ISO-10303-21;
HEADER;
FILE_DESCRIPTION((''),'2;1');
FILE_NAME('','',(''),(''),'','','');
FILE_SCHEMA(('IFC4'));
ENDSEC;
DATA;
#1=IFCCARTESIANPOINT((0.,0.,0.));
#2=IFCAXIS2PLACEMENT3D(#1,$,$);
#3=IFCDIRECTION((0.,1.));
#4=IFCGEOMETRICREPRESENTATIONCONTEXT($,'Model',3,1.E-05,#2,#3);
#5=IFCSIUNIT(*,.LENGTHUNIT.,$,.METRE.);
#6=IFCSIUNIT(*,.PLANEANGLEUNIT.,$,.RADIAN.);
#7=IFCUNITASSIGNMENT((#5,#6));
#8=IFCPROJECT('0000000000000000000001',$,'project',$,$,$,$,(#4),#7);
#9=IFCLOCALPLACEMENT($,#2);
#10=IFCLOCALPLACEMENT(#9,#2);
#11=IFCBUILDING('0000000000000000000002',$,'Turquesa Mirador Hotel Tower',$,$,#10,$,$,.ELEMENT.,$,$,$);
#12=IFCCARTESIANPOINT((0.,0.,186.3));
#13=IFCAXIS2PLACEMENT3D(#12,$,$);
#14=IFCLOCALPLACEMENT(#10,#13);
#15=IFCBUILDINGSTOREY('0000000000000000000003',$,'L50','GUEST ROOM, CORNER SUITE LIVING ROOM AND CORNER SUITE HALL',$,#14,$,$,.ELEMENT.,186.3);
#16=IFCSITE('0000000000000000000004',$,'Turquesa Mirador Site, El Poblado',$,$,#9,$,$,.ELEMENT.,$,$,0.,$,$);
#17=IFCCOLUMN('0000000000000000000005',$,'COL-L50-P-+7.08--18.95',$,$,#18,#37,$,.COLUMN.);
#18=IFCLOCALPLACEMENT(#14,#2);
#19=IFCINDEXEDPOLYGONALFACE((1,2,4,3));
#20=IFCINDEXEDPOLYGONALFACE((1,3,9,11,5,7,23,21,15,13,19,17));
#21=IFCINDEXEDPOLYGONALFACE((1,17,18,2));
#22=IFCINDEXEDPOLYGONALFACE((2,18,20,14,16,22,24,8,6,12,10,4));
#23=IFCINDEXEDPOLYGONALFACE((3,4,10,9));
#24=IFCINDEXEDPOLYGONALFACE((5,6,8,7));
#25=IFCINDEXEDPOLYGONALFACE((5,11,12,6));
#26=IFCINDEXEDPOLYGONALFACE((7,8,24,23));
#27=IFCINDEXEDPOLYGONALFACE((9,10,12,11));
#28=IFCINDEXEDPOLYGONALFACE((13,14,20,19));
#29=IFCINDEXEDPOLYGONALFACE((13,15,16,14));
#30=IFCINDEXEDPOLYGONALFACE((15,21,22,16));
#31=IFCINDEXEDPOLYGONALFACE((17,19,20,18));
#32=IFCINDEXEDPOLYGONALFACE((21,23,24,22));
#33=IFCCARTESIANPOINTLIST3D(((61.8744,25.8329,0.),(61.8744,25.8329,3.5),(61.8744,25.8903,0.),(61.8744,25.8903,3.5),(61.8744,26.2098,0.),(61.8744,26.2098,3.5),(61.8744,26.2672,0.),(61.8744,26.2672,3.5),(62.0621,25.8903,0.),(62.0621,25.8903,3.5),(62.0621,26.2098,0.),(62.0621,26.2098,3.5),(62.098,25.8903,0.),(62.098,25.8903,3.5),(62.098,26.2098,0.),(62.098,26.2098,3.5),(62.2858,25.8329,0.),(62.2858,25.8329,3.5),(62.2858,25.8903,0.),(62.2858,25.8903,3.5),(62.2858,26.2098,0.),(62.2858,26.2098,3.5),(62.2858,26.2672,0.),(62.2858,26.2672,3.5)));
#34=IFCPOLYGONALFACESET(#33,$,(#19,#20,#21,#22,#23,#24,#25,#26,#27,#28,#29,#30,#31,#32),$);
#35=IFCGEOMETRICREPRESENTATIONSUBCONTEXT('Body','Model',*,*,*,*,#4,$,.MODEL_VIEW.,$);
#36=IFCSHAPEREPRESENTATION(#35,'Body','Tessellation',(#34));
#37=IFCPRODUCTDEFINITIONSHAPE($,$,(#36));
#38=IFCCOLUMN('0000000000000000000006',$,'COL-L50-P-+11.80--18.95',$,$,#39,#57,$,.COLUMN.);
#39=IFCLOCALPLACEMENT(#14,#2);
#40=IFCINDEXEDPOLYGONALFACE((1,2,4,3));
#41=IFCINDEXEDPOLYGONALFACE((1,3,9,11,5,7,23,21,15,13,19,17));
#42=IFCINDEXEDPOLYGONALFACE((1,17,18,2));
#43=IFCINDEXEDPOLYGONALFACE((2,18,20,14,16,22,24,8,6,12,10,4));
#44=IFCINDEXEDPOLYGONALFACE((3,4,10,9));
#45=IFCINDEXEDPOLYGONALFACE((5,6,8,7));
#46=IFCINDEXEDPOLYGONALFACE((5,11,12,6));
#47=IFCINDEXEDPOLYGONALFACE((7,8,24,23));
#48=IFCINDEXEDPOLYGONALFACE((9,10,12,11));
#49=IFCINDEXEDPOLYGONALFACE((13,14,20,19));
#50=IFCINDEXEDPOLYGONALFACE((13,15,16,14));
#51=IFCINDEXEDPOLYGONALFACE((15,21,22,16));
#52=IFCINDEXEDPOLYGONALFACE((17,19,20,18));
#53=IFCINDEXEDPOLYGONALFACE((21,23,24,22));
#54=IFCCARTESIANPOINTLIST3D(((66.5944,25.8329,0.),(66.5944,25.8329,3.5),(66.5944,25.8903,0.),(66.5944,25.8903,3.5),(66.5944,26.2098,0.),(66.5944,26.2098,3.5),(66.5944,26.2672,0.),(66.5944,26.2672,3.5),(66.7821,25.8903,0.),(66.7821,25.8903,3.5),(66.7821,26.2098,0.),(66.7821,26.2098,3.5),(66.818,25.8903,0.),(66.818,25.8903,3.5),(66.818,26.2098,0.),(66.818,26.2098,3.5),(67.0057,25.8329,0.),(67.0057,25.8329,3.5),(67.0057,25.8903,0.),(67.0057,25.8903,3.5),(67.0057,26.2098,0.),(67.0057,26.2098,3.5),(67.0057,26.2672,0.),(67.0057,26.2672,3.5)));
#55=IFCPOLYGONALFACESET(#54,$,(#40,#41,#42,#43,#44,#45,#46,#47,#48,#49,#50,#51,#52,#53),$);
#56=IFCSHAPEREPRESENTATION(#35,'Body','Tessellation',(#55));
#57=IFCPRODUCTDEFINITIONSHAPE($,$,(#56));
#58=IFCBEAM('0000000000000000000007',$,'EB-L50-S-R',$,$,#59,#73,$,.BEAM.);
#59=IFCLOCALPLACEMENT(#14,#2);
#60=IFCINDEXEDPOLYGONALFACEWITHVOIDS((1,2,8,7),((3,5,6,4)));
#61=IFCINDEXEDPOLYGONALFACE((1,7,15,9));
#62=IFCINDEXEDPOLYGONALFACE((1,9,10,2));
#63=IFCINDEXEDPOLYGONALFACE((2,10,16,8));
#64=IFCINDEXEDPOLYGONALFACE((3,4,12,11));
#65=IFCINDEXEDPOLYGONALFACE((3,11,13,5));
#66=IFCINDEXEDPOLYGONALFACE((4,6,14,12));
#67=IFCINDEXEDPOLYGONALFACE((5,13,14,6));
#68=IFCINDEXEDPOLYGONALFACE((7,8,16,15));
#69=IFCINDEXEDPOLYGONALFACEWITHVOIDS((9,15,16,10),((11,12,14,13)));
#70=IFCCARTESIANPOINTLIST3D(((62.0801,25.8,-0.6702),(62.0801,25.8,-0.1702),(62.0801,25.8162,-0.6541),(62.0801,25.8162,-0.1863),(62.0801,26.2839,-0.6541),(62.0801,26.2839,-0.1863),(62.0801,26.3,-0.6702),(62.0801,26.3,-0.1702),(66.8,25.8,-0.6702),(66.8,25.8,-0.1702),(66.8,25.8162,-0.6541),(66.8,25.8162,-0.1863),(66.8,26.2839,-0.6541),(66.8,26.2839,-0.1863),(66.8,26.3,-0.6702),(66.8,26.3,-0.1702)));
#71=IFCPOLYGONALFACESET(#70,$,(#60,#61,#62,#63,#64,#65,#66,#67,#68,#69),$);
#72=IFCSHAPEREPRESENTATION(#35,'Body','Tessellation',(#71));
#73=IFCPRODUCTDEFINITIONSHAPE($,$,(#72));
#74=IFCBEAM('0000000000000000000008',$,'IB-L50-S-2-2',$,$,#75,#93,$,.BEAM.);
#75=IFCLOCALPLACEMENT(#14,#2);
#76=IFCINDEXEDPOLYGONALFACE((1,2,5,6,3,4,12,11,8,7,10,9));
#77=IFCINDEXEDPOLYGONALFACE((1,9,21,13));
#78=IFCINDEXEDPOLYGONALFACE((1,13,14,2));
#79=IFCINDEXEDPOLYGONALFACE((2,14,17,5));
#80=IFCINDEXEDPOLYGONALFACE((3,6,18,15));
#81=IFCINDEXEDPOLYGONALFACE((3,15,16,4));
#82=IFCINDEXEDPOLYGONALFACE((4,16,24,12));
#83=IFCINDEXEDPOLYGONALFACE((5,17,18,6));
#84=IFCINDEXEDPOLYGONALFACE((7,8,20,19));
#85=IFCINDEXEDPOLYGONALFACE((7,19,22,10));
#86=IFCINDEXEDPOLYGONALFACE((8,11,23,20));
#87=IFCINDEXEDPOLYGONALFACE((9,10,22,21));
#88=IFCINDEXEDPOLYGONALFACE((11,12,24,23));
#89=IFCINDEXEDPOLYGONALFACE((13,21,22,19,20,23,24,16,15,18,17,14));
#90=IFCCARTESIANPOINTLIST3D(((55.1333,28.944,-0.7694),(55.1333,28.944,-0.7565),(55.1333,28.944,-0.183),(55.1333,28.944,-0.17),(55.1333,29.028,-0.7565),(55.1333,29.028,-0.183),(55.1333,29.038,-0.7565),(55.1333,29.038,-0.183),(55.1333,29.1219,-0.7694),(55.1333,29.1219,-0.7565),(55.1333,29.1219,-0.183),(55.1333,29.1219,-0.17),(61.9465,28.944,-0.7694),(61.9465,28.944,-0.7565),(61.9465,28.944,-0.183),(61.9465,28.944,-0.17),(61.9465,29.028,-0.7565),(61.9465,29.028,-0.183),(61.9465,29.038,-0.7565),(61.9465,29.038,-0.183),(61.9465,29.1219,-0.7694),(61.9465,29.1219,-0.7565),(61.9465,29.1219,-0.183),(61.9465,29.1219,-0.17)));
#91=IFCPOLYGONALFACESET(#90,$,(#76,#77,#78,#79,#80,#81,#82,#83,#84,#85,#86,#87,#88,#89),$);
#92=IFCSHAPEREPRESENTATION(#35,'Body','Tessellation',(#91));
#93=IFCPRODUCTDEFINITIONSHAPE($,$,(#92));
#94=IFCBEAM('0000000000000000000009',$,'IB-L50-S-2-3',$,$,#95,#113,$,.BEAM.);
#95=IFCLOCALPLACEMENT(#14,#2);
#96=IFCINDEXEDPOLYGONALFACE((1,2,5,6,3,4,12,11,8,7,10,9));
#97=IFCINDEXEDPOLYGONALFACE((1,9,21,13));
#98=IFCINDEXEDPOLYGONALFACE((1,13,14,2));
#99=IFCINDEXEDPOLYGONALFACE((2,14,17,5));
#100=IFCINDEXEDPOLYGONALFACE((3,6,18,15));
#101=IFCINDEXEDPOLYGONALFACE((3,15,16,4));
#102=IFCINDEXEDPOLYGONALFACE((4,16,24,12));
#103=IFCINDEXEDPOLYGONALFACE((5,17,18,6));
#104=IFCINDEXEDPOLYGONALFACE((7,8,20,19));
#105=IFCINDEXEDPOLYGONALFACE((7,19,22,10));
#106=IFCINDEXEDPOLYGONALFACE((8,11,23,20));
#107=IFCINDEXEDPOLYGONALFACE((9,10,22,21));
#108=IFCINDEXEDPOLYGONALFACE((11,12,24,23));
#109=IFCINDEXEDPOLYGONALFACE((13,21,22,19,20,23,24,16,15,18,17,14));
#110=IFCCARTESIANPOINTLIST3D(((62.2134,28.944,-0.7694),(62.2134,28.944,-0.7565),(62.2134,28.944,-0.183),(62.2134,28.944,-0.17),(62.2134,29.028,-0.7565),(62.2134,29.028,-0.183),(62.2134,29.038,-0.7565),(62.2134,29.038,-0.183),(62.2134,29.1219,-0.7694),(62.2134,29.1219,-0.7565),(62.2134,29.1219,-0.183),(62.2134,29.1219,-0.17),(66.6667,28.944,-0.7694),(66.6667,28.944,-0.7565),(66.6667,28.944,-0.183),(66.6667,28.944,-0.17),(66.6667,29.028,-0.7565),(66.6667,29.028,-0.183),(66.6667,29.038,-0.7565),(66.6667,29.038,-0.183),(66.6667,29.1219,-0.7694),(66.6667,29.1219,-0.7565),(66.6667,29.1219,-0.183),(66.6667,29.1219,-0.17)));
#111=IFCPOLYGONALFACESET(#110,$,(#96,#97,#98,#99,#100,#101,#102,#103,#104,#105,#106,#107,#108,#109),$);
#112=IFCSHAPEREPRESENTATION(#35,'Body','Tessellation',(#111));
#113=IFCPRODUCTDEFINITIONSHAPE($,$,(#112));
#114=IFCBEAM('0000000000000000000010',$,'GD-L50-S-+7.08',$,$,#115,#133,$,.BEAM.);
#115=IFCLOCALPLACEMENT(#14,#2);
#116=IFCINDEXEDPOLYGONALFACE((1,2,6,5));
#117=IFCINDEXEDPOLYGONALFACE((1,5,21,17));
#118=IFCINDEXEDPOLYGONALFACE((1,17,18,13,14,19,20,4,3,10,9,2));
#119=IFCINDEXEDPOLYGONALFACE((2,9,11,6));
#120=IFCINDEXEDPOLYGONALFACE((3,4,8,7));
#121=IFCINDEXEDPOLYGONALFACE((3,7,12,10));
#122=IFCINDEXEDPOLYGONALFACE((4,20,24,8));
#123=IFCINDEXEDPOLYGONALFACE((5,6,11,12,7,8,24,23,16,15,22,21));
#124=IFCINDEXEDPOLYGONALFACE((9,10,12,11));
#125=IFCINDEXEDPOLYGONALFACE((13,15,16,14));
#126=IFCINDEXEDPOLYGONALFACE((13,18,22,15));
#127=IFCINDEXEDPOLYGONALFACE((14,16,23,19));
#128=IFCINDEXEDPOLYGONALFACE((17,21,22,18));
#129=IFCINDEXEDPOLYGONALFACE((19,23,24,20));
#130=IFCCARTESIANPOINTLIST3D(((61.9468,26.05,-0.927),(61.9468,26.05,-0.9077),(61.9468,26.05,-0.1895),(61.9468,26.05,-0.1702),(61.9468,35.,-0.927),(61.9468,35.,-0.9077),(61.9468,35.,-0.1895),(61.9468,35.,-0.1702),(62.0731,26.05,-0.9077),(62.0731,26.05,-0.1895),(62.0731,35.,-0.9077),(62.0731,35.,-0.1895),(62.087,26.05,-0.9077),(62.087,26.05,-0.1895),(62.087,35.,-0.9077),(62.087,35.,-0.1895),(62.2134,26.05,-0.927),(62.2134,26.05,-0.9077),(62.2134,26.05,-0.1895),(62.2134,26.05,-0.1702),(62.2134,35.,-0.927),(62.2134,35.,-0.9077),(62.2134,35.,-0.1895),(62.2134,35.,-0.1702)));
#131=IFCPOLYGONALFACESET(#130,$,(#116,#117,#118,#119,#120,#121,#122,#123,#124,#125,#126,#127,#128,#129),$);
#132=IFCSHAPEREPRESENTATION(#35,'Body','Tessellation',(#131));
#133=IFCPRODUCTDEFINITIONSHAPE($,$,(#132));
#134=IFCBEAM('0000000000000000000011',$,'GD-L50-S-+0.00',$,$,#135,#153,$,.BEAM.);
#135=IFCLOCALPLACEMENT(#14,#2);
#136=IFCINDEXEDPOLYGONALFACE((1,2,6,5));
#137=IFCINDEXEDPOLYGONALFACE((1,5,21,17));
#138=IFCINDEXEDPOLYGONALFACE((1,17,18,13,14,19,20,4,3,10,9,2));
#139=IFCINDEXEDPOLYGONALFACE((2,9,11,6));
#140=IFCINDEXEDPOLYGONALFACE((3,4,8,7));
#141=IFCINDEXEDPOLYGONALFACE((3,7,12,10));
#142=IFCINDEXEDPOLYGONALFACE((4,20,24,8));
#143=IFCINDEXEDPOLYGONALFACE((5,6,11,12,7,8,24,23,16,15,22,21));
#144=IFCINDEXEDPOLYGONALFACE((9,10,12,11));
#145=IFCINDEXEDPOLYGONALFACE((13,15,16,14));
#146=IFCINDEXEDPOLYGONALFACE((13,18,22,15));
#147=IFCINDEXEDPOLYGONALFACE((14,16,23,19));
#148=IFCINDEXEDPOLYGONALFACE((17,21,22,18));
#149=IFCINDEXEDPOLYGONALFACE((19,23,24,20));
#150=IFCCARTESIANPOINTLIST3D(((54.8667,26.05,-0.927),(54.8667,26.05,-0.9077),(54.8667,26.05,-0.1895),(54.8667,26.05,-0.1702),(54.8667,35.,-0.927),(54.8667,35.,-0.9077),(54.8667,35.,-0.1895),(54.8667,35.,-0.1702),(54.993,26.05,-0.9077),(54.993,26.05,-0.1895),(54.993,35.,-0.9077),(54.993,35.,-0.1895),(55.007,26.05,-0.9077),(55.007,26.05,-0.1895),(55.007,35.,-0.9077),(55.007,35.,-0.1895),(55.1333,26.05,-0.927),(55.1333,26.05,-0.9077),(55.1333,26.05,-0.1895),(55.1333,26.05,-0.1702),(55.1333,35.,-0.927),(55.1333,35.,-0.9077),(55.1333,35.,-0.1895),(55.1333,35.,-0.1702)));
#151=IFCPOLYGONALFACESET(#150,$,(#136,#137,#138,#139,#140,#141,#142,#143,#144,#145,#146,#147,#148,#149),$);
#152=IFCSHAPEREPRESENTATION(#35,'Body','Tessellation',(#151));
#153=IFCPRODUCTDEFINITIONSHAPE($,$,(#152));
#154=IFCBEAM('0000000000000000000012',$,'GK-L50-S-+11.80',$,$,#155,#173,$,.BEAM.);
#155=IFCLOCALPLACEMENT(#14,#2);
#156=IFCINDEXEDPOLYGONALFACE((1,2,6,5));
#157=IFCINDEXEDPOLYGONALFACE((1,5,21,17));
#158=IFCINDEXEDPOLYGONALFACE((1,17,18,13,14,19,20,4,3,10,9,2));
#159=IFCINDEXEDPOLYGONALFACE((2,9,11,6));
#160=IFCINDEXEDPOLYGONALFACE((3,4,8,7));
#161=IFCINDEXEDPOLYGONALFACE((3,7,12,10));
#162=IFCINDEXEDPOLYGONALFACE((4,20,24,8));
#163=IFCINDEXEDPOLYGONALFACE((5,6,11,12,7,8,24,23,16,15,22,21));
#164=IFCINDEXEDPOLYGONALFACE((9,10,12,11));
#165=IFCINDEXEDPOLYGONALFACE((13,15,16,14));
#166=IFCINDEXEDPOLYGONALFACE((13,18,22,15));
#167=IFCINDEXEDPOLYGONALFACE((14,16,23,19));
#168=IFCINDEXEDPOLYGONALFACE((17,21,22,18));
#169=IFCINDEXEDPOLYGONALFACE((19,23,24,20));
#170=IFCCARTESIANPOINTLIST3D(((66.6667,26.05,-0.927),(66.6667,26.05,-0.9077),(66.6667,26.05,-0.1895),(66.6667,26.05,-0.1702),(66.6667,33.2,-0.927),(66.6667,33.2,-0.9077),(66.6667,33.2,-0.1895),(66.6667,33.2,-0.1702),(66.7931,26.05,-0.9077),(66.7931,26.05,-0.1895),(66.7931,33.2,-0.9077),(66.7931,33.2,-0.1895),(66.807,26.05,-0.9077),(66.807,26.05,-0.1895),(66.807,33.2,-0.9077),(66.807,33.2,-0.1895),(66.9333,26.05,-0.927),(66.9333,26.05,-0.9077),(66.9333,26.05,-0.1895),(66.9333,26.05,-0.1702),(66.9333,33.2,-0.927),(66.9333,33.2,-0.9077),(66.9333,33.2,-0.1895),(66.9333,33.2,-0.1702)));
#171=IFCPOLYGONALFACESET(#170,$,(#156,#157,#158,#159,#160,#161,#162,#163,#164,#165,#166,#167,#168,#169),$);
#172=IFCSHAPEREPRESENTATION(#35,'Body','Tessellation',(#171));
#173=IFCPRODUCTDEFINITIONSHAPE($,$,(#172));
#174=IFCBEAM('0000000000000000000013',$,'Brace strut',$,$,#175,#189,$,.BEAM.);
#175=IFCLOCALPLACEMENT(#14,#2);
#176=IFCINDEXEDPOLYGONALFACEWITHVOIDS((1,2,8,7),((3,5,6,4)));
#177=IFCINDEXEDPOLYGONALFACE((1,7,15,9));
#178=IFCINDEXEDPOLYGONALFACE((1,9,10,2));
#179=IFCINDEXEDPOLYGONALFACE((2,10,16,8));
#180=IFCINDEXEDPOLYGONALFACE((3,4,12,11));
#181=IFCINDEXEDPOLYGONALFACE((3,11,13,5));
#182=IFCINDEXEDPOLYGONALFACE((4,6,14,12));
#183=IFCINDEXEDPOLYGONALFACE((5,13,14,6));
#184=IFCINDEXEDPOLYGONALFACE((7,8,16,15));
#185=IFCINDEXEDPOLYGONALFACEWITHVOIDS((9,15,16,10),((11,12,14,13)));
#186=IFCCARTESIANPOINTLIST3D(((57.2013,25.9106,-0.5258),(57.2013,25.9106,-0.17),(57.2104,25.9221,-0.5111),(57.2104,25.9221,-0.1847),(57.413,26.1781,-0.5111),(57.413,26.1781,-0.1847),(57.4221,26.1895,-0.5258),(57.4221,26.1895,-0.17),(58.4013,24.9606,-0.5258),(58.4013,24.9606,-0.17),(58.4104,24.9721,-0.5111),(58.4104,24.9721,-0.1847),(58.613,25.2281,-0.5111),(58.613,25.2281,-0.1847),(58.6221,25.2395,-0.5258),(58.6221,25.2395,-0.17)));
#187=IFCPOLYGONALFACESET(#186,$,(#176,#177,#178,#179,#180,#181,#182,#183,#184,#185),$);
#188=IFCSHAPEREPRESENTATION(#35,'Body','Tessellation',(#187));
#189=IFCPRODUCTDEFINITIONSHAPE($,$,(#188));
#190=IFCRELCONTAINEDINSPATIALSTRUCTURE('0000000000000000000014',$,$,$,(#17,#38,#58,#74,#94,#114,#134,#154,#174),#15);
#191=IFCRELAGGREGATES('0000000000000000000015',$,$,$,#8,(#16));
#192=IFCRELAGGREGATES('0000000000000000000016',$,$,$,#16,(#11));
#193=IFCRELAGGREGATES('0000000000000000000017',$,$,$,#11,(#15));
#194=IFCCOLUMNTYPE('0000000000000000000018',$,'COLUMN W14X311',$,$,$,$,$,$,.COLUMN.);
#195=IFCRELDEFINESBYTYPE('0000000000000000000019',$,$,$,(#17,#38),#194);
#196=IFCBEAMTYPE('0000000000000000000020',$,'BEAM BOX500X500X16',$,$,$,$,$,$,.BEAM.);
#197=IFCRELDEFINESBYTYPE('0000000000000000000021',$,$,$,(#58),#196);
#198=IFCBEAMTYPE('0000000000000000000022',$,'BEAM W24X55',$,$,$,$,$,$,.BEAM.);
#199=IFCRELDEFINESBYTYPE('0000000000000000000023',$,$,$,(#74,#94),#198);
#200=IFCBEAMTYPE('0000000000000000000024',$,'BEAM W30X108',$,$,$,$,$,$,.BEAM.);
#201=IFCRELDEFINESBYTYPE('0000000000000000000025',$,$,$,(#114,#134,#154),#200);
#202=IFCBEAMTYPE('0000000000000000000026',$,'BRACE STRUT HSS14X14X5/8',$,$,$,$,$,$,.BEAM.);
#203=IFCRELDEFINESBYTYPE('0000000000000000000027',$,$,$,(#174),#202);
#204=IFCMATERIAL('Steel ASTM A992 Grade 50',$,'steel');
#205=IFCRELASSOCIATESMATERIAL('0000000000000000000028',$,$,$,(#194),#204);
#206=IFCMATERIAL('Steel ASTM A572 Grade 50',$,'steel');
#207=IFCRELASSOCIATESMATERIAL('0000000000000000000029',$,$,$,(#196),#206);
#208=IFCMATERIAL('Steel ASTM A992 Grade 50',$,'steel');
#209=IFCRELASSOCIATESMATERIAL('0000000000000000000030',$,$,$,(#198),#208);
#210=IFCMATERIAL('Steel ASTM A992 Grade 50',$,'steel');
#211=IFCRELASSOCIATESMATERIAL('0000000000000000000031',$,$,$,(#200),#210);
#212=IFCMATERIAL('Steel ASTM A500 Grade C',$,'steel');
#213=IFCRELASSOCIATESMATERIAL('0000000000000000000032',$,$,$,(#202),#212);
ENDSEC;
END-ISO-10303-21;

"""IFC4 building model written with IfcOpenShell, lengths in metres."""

from ifc_helpers import new_model, si_unit, direction, frame, origin, origin_2d, place, context, subcontext, project, spatial, hollow_rectangle, i_section, extrude, material, material_profile, profile_set, type_object, element, save


model = new_model("IFC4")

# Units and contexts
model_context = context("Model", 3, precision=1e-05, world=origin(), true_north=direction((0.0, 1.0)))
body_context = subcontext(model_context, "Body", "Model", "MODEL_VIEW")
ifc_project = project(units=[si_unit("LENGTHUNIT", "METRE"), si_unit("PLANEANGLEUNIT", "RADIAN")], contexts=[model_context])

# Site, building, storey
site_placement = place(None, origin())
site = spatial("IfcSite", under=ifc_project, at=site_placement, Name="Turquesa Mirador Site, El Poblado", CompositionType="ELEMENT", RefElevation=0.0)
building_placement = place(site_placement, origin())
building = spatial("IfcBuilding", under=site, at=building_placement, Name="Turquesa Mirador Hotel Tower", CompositionType="ELEMENT")
storey_placement = place(building_placement, frame((0.0, 0.0, 186.3)))
storey = spatial("IfcBuildingStorey", under=building, at=storey_placement, Name="L50", Description="GUEST ROOM, CORNER SUITE LIVING ROOM AND CORNER SUITE HALL", CompositionType="ELEMENT", Elevation=186.3)

# Columns
ifc_material_1 = material(Name="Steel ASTM A992 Grade 50", Category="steel")
ifc_material_profile_1 = material_profile(ifc_material_1, i_section(OverallWidth=0.4114, OverallDepth=0.4343, WebThickness=0.0359, FlangeThickness=0.0574, at=origin_2d()), Name="W14X311")
ifc_profile_set_1 = profile_set([ifc_material_profile_1], Name="Steel ASTM A992 Grade 50")
column_type = type_object("IfcColumnType", Name="COLUMN W14X311", PredefinedType="COLUMN", material=ifc_profile_set_1)
for number, where, z_axis, x_axis, name in (
    (1, (62.0801, 26.05, 0.0), (0.0, 0.0, 1.0), (1.0, 0.0, 0.0), "COL-L50-P-+7.08--18.95"),
    (2, (66.8, 26.05, 0.0), (0.0, 0.0, 1.0), (1.0, 0.0, 0.0), "COL-L50-P-+11.80--18.95"),
):
    element("IfcColumn", number, at=place(storey_placement, frame(where, z_axis=z_axis, x_axis=x_axis)), inside=storey, type_object=column_type, Name=name, PredefinedType="COLUMN", context=body_context, shape_type="SweptSolid", body=[
        extrude(i_section(OverallWidth=0.4114, OverallDepth=0.4343, WebThickness=0.0359, FlangeThickness=0.0574, at=origin_2d()), origin(), (0.0, 0.0, 1.0), 3.5),
    ])

# Beams
ifc_material_2 = material(Name="Steel ASTM A572 Grade 50", Category="steel")
ifc_material_profile_2 = material_profile(ifc_material_2, hollow_rectangle(XDim=0.5, YDim=0.5, WallThickness=0.0161, at=origin_2d()), Name="BOX500X500X16")
ifc_profile_set_2 = profile_set([ifc_material_profile_2], Name="Steel ASTM A572 Grade 50")
beam_type_1 = type_object("IfcBeamType", Name="BEAM BOX500X500X16", PredefinedType="BEAM", material=ifc_profile_set_2)
beam_1_placement = place(storey_placement, frame((62.0801, 26.05, -0.4202), z_axis=(1.0, 0.0, 0.0), x_axis=(0.0, 1.0, 0.0)))
element("IfcBeam", 3, at=beam_1_placement, inside=storey, type_object=beam_type_1, Name="EB-L50-S-R", PredefinedType="BEAM", context=body_context, shape_type="SweptSolid", body=[
    extrude(hollow_rectangle(XDim=0.5, YDim=0.5, WallThickness=0.0161, at=origin_2d()), origin(), (0.0, 0.0, 1.0), 4.72),
])
ifc_material_3 = material(Name="Steel ASTM A992 Grade 50", Category="steel")
ifc_material_profile_3 = material_profile(ifc_material_3, i_section(OverallWidth=0.178, OverallDepth=0.5994, WebThickness=0.01, FlangeThickness=0.0129, at=origin_2d()), Name="W24X55")
ifc_profile_set_3 = profile_set([ifc_material_profile_3], Name="Steel ASTM A992 Grade 50")
beam_type_2 = type_object("IfcBeamType", Name="BEAM W24X55", PredefinedType="BEAM", material=ifc_profile_set_3)
beam_2_placement = place(storey_placement, frame((55.1333, 29.033, -0.4697), z_axis=(1.0, 0.0, 0.0), x_axis=(0.0, 1.0, 0.0)))
element("IfcBeam", 4, at=beam_2_placement, inside=storey, type_object=beam_type_2, Name="IB-L50-S-2-2", PredefinedType="BEAM", context=body_context, shape_type="SweptSolid", body=[
    extrude(i_section(OverallWidth=0.178, OverallDepth=0.5994, WebThickness=0.01, FlangeThickness=0.0129, at=origin_2d()), origin(), (0.0, 0.0, 1.0), 6.8132),
])
beam_3_placement = place(storey_placement, frame((62.2134, 29.033, -0.4697), z_axis=(1.0, 0.0, 0.0), x_axis=(0.0, 1.0, 0.0)))
element("IfcBeam", 5, at=beam_3_placement, inside=storey, type_object=beam_type_2, Name="IB-L50-S-2-3", PredefinedType="BEAM", context=body_context, shape_type="SweptSolid", body=[
    extrude(i_section(OverallWidth=0.178, OverallDepth=0.5994, WebThickness=0.01, FlangeThickness=0.0129, at=origin_2d()), origin(), (0.0, 0.0, 1.0), 4.4534),
])
ifc_material_4 = material(Name="Steel ASTM A992 Grade 50", Category="steel")
ifc_material_profile_4 = material_profile(ifc_material_4, i_section(OverallWidth=0.2666, OverallDepth=0.7568, WebThickness=0.0139, FlangeThickness=0.0193, at=origin_2d()), Name="W30X108")
ifc_profile_set_4 = profile_set([ifc_material_profile_4], Name="Steel ASTM A992 Grade 50")
beam_type_3 = type_object("IfcBeamType", Name="BEAM W30X108", PredefinedType="BEAM", material=ifc_profile_set_4)
for number, where, z_axis, x_axis, name in (
    (6, (62.0801, 26.05, -0.5486), (0.0, 1.0, 0.0), (-1.0, 0.0, 0.0), "GD-L50-S-+7.08"),
    (7, (55.0, 26.05, -0.5486), (0.0, 1.0, 0.0), (-1.0, 0.0, 0.0), "GD-L50-S-+0.00"),
):
    element("IfcBeam", number, at=place(storey_placement, frame(where, z_axis=z_axis, x_axis=x_axis)), inside=storey, type_object=beam_type_3, Name=name, PredefinedType="BEAM", context=body_context, shape_type="SweptSolid", body=[
        extrude(i_section(OverallWidth=0.2666, OverallDepth=0.7568, WebThickness=0.0139, FlangeThickness=0.0193, at=origin_2d()), origin(), (0.0, 0.0, 1.0), 8.95),
    ])
beam_4_placement = place(storey_placement, frame((66.8, 26.05, -0.5486), z_axis=(0.0, 1.0, 0.0), x_axis=(-1.0, 0.0, 0.0)))
element("IfcBeam", 8, at=beam_4_placement, inside=storey, type_object=beam_type_3, Name="GK-L50-S-+11.80", PredefinedType="BEAM", context=body_context, shape_type="SweptSolid", body=[
    extrude(i_section(OverallWidth=0.2666, OverallDepth=0.7568, WebThickness=0.0139, FlangeThickness=0.0193, at=origin_2d()), origin(), (0.0, 0.0, 1.0), 7.1499),
])
ifc_material_5 = material(Name="Steel ASTM A500 Grade C", Category="steel")
ifc_material_profile_5 = material_profile(ifc_material_5, hollow_rectangle(XDim=0.3557, YDim=0.3557, WallThickness=0.0146, at=origin_2d()), Name="HSS14X14X5/8")
ifc_profile_set_5 = profile_set([ifc_material_profile_5], Name="Steel ASTM A500 Grade C")
beam_type_4 = type_object("IfcBeamType", Name="BRACE STRUT HSS14X14X5/8", PredefinedType="BEAM", material=ifc_profile_set_5)
for number, where, z_axis, x_axis, name in (
    (9, (58.5117, 25.1001, -0.3479), (-0.784049, 0.620699, 0.0), (-0.620699, -0.784049, 0.0), "Brace strut"),
):
    element("IfcBeam", number, at=place(storey_placement, frame(where, z_axis=z_axis, x_axis=x_axis)), inside=storey, type_object=beam_type_4, Name=name, PredefinedType="BEAM", context=body_context, shape_type="SweptSolid", body=[
        extrude(hollow_rectangle(XDim=0.3557, YDim=0.3557, WallThickness=0.0146, at=origin_2d()), origin(), (0.0, 0.0, 1.0), 1.5305),
    ])

save(model, "model.ifc")
